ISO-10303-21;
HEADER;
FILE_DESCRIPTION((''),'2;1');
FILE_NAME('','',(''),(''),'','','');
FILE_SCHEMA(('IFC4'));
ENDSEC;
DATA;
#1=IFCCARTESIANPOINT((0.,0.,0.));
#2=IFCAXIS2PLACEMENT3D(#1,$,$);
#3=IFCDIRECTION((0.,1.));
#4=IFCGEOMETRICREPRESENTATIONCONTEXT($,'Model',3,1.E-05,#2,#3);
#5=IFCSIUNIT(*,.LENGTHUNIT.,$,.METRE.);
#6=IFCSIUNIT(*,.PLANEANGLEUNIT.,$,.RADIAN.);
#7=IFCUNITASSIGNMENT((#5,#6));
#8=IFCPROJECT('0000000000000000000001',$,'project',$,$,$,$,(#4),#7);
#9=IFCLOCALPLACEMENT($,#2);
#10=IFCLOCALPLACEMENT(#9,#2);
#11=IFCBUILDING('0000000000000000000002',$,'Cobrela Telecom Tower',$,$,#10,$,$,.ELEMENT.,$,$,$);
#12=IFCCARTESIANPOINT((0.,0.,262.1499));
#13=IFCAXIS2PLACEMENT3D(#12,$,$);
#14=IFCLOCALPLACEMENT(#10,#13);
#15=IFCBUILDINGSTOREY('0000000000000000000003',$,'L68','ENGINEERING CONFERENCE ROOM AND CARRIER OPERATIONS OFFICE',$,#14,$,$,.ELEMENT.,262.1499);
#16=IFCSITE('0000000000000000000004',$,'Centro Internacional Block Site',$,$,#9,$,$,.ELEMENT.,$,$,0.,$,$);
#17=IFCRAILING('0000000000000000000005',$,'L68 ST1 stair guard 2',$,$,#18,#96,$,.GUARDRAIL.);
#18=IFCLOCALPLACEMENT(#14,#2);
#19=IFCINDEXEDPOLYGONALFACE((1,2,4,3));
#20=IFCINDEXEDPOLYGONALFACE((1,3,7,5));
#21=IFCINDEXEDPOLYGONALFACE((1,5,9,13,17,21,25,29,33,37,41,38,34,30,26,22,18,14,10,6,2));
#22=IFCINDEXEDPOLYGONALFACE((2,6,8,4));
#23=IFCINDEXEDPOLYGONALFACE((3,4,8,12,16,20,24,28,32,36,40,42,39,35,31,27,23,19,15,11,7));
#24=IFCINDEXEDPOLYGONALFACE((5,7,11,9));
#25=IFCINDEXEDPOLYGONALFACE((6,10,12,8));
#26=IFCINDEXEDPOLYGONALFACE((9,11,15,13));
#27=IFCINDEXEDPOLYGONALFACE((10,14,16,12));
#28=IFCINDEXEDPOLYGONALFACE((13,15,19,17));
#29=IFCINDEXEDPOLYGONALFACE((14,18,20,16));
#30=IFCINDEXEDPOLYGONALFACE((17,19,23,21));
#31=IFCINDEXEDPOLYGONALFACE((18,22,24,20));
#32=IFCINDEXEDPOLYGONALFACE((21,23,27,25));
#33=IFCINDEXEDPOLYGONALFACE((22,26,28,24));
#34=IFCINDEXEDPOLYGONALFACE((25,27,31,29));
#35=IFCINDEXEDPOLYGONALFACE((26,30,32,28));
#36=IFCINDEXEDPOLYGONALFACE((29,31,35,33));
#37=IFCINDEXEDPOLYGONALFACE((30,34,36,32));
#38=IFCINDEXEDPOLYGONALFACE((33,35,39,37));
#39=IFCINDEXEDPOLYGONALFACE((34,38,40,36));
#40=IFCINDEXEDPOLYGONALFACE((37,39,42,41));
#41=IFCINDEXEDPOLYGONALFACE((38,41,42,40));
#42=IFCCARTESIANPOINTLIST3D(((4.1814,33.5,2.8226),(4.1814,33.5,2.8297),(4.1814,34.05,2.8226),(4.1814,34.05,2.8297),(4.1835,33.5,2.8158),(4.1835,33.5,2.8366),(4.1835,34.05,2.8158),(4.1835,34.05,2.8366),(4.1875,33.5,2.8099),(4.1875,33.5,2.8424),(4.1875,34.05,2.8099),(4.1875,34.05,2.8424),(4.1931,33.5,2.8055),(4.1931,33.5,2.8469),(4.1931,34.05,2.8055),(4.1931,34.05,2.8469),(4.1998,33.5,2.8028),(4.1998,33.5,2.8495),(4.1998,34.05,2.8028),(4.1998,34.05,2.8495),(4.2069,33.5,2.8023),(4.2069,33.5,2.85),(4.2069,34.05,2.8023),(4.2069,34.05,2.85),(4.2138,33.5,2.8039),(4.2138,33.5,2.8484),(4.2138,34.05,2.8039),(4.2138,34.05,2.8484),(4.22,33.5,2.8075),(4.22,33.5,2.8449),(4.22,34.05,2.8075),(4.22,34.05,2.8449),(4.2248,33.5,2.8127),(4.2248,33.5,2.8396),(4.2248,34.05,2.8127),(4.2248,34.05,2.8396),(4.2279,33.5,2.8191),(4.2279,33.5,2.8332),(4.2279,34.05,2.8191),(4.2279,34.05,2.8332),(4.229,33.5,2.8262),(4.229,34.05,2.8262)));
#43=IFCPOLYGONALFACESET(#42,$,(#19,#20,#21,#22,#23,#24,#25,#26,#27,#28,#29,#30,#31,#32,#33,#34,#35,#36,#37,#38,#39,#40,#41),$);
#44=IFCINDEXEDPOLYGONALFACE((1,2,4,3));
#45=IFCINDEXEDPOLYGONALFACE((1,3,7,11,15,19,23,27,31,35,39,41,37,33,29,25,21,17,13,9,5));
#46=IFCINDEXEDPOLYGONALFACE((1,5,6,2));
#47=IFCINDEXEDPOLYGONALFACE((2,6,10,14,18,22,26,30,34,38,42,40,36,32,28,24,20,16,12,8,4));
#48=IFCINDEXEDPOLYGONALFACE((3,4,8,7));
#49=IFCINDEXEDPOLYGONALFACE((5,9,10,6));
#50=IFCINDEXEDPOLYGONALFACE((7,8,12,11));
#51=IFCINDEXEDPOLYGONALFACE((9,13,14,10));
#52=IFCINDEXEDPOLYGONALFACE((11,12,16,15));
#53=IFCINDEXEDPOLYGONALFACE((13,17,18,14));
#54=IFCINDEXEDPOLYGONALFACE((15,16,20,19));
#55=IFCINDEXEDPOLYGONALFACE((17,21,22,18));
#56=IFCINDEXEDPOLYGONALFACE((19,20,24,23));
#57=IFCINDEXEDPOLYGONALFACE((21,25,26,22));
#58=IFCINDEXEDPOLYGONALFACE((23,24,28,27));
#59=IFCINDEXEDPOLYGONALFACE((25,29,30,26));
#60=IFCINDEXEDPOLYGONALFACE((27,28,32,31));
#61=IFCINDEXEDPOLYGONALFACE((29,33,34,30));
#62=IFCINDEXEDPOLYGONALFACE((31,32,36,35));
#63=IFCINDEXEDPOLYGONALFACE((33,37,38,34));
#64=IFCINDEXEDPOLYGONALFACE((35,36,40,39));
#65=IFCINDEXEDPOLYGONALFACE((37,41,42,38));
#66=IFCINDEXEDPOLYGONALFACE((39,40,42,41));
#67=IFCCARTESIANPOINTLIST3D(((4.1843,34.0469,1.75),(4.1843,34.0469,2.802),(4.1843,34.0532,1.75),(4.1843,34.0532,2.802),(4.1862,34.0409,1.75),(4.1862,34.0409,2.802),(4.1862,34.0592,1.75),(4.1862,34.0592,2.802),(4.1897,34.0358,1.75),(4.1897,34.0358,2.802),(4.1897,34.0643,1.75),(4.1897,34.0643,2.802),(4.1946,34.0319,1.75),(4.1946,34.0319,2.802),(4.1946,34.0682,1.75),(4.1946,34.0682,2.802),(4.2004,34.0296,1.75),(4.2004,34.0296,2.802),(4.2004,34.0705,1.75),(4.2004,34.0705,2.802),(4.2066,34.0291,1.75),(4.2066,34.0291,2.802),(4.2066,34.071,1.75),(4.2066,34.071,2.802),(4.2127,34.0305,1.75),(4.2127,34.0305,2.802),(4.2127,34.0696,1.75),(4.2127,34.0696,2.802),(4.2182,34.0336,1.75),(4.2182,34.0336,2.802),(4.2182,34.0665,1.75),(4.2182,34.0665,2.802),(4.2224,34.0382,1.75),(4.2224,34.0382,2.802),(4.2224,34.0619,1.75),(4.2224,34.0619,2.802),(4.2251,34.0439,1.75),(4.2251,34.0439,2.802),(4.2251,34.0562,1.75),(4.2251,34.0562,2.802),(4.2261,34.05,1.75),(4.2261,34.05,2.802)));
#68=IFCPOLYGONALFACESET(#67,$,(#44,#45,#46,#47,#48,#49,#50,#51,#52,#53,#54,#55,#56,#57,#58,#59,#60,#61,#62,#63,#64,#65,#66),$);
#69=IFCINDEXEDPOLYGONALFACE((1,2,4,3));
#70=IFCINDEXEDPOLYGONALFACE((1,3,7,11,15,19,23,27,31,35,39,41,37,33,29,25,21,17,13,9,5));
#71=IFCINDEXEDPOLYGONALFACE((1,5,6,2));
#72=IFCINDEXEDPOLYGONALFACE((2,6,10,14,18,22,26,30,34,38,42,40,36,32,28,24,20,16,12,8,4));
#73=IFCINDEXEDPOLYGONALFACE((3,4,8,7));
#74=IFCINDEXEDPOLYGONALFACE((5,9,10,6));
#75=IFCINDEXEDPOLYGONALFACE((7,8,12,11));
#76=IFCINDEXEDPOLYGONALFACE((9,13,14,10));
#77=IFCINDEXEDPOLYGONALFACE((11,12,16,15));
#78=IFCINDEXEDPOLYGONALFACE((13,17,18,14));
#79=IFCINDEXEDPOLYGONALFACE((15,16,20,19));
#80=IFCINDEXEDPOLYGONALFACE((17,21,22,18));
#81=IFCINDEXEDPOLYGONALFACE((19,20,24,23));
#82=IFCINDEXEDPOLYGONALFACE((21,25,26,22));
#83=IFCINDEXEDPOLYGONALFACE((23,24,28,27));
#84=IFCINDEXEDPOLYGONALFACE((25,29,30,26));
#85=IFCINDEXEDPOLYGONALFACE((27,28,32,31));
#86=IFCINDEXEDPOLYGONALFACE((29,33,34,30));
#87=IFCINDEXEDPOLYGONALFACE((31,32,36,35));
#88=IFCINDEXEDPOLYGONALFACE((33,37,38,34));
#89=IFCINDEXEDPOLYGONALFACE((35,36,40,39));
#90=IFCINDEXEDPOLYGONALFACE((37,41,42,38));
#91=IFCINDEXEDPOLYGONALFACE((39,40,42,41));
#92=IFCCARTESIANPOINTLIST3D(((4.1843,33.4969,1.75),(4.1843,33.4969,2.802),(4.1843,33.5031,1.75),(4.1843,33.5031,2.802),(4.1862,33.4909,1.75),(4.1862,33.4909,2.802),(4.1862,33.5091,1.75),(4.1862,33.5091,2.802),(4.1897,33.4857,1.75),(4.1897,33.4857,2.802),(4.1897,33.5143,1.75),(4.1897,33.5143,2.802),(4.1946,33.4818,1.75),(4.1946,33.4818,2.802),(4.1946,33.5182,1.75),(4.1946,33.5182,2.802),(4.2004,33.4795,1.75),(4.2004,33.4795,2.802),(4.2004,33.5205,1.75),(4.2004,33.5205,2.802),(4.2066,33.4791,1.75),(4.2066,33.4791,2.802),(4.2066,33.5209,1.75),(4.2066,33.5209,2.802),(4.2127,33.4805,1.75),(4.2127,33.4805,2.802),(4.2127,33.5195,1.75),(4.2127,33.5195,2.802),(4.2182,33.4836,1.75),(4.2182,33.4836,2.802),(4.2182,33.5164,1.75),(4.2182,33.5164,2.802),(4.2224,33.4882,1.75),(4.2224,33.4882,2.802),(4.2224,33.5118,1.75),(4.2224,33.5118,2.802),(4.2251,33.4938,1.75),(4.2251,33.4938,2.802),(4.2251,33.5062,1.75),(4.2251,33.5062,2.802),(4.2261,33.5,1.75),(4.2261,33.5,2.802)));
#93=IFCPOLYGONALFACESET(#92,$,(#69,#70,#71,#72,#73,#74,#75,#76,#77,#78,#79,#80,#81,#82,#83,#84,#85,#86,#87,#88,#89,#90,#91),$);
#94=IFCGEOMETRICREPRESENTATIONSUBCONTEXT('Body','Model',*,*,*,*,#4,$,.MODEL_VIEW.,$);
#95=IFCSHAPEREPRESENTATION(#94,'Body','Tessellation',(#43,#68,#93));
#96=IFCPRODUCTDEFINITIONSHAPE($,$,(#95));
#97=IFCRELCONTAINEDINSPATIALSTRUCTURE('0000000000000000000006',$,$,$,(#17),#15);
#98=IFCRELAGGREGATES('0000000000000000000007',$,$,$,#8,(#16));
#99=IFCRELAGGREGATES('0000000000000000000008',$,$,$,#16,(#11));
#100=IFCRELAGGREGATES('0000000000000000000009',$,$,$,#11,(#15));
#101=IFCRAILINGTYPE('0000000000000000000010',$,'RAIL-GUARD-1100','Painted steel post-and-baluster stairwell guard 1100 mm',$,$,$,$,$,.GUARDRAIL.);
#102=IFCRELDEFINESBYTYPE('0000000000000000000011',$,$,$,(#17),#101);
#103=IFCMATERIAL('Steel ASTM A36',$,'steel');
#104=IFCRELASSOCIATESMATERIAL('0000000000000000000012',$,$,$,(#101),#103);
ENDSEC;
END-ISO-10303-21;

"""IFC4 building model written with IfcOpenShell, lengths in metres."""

from ifc_helpers import new_model, si_unit, direction, frame, origin, origin_2d, place, context, subcontext, project, spatial, circle, extrude, material, type_object, element, save


model = new_model("IFC4")

# Units and contexts
model_context = context("Model", 3, precision=1e-05, world=origin(), true_north=direction((0.0, 1.0)))
body_context = subcontext(model_context, "Body", "Model", "MODEL_VIEW")
ifc_project = project(units=[si_unit("LENGTHUNIT", "METRE"), si_unit("PLANEANGLEUNIT", "RADIAN")], contexts=[model_context])

# Site, building, storey
site_placement = place(None, origin())
site = spatial("IfcSite", under=ifc_project, at=site_placement, Name="Centro Internacional Block Site", CompositionType="ELEMENT", RefElevation=0.0)
building_placement = place(site_placement, origin())
building = spatial("IfcBuilding", under=site, at=building_placement, Name="Cobrela Telecom Tower", CompositionType="ELEMENT")
storey_placement = place(building_placement, frame((0.0, 0.0, 262.1499)))
storey = spatial("IfcBuildingStorey", under=building, at=storey_placement, Name="L68", Description="ENGINEERING CONFERENCE ROOM AND CARRIER OPERATIONS OFFICE", CompositionType="ELEMENT", Elevation=262.1499)

# Shared definitions
ifc_material_1 = material(Name="Steel ASTM A36", Category="steel")

# Railing
railing_type_1 = type_object("IfcRailingType", Name="RAIL-GUARD-1100", Description="Painted steel post-and-baluster stairwell guard 1100 mm", PredefinedType="GUARDRAIL", material=ifc_material_1)
railing_1_placement = place(storey_placement, frame((4.2051, 34.05, 1.75)))
element("IfcRailing", 1, at=railing_1_placement, inside=storey, type_object=railing_type_1, Name="L68 ST1 stair guard 2", PredefinedType="GUARDRAIL", context=body_context, shape_type="SweptSolid", body=[
    extrude(circle(Radius=0.0239, at=origin_2d()), frame((0.0, 0.0, 1.0762), z_axis=(0.0, -1.0, 0.0), x_axis=(1.0, 0.0, 0.0)), (0.0, 0.0, 1.0), 0.55),
    extrude(circle(Radius=0.021, at=origin_2d()), origin(), (0.0, 0.0, 1.0), 1.052),
    extrude(circle(Radius=0.021, at=origin_2d()), frame((0.0, -0.55, 0.0)), (0.0, 0.0, 1.0), 1.052),
])

save(model, "model.ifc")
